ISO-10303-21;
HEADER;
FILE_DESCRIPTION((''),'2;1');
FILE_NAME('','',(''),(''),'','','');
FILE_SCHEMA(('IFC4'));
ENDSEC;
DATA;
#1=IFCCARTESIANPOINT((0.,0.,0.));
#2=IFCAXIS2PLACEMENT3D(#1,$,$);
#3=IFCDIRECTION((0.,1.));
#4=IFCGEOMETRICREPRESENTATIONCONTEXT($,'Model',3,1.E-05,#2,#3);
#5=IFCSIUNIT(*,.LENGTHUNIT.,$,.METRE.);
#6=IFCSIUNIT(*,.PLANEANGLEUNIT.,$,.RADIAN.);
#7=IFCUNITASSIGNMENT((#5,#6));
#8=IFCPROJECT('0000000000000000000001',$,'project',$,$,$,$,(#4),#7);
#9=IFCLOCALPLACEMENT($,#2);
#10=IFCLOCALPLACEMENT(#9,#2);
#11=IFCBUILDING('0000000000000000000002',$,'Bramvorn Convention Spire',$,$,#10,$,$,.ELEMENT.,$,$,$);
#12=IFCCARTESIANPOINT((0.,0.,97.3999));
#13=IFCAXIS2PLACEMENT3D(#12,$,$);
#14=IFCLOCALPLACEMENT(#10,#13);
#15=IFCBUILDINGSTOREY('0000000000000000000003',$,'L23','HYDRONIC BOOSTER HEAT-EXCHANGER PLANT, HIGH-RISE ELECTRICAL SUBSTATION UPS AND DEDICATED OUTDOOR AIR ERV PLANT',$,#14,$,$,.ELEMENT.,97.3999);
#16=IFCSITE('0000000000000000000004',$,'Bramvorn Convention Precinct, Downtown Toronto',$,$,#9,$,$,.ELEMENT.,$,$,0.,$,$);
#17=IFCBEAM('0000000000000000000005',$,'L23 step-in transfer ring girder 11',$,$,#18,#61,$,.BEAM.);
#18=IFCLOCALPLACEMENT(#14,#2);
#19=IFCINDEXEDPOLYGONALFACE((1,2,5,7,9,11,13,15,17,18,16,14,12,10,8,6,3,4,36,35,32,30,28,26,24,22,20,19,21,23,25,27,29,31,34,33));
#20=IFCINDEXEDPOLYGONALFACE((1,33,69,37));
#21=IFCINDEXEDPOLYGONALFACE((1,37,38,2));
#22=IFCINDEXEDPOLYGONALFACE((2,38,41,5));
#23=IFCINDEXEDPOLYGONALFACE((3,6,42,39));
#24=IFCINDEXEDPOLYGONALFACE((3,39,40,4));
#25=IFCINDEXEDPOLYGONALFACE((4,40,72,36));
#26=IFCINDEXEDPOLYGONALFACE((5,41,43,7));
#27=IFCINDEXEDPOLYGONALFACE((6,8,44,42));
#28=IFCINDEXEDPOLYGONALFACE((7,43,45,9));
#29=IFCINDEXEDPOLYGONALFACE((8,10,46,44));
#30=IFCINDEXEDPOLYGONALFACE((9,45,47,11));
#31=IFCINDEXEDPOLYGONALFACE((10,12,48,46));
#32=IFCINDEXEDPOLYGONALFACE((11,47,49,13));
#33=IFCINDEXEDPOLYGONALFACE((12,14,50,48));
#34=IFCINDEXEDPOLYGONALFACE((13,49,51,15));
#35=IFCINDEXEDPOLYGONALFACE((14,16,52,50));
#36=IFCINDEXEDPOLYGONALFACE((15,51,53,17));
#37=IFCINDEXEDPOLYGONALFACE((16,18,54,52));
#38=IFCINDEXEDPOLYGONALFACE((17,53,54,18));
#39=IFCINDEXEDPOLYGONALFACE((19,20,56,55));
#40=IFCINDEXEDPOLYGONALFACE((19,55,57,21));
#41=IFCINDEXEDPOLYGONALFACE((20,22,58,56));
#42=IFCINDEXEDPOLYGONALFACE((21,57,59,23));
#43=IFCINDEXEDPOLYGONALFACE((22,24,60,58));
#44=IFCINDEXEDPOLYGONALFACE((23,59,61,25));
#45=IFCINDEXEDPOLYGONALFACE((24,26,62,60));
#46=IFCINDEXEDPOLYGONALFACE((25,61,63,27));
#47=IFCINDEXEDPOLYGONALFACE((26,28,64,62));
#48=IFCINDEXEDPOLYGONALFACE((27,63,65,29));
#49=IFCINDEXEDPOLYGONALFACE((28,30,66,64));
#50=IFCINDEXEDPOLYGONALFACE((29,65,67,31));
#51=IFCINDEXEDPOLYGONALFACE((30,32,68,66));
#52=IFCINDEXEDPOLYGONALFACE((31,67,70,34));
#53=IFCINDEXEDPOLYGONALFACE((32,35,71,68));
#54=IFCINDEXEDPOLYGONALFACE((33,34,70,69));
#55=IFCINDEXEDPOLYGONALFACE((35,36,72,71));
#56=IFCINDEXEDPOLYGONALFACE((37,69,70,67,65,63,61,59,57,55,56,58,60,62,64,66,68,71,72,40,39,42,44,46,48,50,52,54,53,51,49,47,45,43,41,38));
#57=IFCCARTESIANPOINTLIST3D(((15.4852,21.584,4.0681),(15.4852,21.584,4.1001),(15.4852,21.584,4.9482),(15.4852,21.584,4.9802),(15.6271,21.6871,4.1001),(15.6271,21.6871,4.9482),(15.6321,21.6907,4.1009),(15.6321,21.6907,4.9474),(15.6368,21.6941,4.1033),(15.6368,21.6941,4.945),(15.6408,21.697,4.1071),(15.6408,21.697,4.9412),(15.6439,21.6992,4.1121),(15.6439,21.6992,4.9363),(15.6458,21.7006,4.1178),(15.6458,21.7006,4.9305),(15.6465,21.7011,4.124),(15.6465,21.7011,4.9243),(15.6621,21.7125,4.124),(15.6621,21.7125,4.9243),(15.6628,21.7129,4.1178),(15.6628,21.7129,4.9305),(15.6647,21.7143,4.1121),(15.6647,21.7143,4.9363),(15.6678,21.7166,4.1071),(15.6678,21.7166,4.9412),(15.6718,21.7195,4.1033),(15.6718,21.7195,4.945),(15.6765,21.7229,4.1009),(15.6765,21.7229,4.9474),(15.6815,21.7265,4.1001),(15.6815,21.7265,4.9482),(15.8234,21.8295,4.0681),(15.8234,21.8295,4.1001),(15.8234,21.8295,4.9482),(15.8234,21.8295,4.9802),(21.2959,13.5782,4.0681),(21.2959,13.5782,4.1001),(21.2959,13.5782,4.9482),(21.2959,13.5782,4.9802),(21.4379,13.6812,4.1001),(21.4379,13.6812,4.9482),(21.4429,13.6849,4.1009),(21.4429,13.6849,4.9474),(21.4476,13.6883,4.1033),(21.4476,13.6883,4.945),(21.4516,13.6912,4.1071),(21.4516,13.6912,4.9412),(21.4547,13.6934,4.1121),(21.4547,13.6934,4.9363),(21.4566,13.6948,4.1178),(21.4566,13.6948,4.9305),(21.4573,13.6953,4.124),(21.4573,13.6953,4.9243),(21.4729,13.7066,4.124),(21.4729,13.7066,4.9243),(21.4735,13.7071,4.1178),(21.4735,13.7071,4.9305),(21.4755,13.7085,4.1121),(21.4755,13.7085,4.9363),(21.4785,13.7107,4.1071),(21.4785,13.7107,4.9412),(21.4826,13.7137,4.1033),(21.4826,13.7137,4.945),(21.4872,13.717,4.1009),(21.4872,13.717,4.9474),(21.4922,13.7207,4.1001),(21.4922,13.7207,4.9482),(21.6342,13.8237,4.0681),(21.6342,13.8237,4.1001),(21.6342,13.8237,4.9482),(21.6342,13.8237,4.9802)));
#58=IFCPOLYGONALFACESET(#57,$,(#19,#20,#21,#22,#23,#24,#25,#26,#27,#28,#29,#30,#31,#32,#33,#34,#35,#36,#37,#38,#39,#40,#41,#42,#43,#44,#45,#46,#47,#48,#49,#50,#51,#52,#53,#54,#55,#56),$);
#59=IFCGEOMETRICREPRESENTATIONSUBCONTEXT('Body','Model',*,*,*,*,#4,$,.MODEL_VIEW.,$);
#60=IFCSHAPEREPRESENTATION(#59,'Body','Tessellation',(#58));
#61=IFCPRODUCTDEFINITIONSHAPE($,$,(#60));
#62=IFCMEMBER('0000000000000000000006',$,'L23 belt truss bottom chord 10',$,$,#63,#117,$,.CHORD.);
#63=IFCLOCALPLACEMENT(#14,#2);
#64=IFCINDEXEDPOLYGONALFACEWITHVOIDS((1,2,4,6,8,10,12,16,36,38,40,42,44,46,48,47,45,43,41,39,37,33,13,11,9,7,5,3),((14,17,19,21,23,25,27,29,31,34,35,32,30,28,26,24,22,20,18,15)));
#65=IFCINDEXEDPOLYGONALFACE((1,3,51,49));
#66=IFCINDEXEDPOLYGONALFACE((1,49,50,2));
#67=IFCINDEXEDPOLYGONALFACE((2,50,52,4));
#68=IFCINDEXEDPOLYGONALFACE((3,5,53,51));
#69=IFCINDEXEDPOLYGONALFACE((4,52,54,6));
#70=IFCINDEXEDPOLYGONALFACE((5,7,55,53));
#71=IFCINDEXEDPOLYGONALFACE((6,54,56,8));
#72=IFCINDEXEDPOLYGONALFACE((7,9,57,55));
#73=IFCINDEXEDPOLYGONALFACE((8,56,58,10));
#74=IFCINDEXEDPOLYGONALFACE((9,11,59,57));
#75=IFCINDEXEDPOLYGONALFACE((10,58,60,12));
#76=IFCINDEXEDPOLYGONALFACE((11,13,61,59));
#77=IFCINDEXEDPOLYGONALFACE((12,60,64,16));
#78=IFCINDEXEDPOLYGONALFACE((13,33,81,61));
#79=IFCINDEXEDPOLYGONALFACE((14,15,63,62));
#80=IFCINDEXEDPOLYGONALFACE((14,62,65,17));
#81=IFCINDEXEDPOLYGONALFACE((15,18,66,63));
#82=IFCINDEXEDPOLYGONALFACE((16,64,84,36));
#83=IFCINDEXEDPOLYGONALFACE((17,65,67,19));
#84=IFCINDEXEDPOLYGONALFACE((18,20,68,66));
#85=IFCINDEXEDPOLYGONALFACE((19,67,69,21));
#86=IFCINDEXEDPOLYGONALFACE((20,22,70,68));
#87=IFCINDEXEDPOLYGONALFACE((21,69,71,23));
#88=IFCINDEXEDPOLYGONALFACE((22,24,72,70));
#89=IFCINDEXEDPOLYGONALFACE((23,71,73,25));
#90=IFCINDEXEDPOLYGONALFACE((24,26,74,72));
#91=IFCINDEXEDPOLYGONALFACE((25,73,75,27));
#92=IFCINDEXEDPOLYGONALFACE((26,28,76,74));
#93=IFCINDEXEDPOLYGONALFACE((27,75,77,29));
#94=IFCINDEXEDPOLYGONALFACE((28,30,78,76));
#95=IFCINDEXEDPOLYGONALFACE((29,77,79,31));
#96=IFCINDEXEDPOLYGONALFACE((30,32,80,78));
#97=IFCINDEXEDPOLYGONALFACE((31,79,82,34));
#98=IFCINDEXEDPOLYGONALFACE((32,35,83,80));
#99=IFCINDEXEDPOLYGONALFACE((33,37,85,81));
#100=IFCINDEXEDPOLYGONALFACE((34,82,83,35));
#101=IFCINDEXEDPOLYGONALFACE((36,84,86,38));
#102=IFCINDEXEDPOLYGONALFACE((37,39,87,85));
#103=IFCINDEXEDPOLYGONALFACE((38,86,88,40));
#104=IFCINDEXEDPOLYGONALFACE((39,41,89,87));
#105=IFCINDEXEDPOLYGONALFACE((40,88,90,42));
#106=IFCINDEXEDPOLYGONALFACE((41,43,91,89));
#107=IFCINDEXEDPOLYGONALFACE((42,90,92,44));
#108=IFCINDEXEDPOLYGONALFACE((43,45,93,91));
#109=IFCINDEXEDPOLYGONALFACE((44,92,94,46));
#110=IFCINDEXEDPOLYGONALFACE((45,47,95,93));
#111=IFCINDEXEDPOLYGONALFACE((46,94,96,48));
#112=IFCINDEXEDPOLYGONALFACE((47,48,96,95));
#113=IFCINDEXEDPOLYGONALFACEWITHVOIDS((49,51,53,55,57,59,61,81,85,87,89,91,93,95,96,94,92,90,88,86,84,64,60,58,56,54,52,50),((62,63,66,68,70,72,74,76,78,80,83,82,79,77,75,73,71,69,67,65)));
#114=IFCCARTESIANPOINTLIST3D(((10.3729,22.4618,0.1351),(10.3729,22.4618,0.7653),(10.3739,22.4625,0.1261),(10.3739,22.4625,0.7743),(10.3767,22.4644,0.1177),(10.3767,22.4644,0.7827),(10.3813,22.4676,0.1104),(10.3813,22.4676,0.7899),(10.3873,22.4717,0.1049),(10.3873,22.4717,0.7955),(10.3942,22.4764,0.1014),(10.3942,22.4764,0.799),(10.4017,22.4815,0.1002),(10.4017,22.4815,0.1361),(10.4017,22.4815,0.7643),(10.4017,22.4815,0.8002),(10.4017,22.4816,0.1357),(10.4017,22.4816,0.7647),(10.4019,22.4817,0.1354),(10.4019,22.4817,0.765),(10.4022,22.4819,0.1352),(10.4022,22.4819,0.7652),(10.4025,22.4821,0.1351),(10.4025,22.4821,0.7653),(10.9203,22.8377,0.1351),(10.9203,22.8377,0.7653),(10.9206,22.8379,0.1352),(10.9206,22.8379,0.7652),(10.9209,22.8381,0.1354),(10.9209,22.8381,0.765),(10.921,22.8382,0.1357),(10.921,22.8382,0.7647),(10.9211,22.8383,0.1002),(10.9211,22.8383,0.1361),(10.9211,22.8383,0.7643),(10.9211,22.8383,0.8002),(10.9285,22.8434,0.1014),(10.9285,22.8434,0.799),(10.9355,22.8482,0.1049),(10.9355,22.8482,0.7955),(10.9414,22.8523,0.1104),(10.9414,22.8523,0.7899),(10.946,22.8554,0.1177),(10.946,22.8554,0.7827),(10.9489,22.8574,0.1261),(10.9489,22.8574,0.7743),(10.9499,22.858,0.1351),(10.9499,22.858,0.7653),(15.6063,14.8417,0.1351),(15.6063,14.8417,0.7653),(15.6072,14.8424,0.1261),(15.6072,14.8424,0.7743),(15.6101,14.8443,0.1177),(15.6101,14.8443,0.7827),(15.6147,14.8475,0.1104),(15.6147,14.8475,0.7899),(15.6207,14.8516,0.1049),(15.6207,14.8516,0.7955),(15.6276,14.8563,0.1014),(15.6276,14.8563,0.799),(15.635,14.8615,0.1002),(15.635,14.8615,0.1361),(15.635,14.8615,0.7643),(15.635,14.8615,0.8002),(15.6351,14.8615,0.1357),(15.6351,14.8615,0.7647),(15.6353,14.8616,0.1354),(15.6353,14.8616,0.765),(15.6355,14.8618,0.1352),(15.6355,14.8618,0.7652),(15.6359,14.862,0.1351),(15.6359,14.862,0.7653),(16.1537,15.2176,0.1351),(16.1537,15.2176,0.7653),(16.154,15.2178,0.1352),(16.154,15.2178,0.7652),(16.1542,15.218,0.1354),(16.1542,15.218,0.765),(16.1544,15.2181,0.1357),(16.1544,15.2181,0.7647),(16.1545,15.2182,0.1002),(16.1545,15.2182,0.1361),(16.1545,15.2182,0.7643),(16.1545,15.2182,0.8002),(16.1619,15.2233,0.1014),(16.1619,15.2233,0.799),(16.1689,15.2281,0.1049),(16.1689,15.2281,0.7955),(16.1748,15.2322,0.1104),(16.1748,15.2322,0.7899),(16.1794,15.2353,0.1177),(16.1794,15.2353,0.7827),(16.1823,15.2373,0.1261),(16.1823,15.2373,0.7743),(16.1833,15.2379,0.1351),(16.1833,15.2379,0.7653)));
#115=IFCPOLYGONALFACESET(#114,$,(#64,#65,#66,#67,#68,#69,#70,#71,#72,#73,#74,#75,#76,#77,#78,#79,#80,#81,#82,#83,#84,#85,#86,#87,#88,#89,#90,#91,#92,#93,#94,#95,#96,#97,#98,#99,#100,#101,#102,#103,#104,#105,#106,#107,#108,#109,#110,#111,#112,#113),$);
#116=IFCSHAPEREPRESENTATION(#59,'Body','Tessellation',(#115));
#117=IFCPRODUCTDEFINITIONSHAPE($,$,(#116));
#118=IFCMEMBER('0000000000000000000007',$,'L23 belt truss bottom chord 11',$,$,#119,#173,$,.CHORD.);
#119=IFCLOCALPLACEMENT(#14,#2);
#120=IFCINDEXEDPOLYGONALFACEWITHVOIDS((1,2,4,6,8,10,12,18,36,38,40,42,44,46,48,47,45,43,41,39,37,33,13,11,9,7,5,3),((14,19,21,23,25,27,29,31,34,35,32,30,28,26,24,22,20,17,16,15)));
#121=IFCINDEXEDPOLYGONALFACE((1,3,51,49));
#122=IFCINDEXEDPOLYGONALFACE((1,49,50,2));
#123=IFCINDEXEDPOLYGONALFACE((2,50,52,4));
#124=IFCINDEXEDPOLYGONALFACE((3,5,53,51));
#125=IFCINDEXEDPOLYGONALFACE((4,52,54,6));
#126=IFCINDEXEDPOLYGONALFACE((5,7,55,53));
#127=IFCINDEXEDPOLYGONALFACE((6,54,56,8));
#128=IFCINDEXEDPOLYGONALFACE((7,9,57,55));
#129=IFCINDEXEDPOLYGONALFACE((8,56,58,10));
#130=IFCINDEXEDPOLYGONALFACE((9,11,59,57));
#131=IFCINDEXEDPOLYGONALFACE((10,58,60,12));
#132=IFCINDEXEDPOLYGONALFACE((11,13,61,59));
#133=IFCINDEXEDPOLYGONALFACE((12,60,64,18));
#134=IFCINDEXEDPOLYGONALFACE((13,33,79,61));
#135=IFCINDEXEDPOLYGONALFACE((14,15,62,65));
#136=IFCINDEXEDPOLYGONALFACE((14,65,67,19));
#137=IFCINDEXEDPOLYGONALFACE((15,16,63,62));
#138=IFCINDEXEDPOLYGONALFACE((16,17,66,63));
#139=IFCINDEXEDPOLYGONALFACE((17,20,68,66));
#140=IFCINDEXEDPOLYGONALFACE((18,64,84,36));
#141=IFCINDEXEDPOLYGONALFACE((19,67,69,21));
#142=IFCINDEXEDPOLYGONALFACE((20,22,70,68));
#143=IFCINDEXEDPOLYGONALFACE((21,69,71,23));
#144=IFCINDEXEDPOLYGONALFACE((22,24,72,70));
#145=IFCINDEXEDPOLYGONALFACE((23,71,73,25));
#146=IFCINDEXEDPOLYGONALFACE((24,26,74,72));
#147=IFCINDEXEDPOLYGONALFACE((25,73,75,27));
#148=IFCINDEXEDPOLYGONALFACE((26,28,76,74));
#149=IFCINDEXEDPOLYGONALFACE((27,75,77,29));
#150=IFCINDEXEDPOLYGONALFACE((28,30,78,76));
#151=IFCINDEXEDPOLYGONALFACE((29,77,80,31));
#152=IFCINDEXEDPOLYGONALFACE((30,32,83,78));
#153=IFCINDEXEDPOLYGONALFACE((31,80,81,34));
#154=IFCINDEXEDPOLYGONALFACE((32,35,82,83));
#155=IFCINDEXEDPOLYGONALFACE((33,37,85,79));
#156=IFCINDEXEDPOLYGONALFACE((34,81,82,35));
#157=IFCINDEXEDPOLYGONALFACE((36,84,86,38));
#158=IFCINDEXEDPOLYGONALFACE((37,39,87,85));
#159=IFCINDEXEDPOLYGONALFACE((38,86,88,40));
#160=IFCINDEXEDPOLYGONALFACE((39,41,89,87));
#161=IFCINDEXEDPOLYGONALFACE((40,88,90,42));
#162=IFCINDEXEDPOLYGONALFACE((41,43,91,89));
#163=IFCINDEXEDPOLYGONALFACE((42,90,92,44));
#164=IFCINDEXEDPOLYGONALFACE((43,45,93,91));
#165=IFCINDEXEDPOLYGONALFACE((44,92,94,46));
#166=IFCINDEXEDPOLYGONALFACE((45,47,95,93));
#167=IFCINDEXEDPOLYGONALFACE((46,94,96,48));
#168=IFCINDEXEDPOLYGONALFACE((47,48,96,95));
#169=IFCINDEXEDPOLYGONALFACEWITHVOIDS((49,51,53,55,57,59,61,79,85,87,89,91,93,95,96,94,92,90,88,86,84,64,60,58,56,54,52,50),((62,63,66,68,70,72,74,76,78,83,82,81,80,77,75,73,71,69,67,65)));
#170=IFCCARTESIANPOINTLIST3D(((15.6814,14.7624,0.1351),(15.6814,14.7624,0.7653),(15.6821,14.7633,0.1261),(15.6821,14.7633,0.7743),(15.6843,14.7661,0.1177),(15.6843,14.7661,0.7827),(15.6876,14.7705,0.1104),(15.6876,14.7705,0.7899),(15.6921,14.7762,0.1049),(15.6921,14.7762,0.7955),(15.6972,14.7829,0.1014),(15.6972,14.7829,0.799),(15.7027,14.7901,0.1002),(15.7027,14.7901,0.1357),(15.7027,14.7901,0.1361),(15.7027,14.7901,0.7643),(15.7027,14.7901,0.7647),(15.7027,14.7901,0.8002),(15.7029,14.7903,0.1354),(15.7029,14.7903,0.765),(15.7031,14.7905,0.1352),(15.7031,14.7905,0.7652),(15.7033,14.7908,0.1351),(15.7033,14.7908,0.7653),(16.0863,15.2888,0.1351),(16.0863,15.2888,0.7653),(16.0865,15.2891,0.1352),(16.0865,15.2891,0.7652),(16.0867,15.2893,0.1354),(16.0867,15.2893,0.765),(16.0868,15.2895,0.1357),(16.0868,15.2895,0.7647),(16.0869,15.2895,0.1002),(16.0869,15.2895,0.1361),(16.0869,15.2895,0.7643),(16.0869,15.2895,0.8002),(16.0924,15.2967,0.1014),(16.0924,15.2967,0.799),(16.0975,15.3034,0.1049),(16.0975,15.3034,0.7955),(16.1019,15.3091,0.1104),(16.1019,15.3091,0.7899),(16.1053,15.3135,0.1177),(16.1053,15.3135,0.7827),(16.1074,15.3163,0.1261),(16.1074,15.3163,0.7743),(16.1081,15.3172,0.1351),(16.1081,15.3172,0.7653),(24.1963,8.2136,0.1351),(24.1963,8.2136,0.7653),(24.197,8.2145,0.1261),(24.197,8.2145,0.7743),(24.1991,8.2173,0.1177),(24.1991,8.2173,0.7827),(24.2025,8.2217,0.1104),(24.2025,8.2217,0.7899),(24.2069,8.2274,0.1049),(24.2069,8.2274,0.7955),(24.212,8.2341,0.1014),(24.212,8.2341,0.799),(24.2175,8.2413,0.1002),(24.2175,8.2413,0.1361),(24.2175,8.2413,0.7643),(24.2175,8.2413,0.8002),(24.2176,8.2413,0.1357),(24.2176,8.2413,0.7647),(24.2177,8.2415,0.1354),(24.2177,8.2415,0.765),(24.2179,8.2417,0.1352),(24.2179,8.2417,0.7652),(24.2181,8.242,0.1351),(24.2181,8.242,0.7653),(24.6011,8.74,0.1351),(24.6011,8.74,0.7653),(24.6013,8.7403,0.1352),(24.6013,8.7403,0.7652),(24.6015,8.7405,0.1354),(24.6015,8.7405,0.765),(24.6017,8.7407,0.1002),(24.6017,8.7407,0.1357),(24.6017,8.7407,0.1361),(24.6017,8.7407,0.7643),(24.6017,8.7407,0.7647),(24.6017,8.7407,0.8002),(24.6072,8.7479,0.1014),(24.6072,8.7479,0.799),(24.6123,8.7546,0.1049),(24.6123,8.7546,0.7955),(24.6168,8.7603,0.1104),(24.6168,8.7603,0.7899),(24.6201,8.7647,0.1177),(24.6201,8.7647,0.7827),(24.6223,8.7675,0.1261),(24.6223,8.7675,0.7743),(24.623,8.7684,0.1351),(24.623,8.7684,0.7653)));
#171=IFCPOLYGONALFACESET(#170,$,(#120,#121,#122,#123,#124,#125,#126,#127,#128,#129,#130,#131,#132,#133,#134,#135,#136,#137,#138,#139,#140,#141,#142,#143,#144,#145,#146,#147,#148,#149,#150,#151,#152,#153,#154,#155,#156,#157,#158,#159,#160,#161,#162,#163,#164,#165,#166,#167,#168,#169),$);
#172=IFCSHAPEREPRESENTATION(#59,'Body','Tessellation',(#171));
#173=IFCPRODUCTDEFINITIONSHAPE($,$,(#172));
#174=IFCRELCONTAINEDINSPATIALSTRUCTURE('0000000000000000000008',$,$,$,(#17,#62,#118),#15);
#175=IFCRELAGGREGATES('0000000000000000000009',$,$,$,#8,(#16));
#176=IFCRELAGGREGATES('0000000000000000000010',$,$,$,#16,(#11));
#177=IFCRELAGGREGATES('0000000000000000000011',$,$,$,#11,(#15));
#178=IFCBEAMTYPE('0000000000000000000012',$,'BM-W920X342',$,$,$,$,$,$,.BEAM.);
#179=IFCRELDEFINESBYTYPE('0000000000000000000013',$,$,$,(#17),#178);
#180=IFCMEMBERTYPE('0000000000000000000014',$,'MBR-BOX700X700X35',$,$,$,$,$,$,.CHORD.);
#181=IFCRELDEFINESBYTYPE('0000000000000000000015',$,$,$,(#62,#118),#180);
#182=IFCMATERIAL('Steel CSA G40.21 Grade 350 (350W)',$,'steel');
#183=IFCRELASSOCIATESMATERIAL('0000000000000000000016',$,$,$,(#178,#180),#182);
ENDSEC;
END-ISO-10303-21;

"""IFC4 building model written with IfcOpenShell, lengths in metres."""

from ifc_helpers import new_model, si_unit, direction, frame, origin, origin_2d, place, context, subcontext, project, spatial, hollow_rectangle, i_section, extrude, material, material_profile, profile_set, type_object, element, save


model = new_model("IFC4")

# Units and contexts
model_context = context("Model", 3, precision=1e-05, world=origin(), true_north=direction((0.0, 1.0)))
body_context = subcontext(model_context, "Body", "Model", "MODEL_VIEW")
ifc_project = project(units=[si_unit("LENGTHUNIT", "METRE"), si_unit("PLANEANGLEUNIT", "RADIAN")], contexts=[model_context])

# Site, building, storey
site_placement = place(None, origin())
site = spatial("IfcSite", under=ifc_project, at=site_placement, Name="Bramvorn Convention Precinct, Downtown Toronto", CompositionType="ELEMENT", RefElevation=0.0)
building_placement = place(site_placement, origin())
building = spatial("IfcBuilding", under=site, at=building_placement, Name="Bramvorn Convention Spire", CompositionType="ELEMENT")
storey_placement = place(building_placement, frame((0.0, 0.0, 97.3999)))
storey = spatial("IfcBuildingStorey", under=building, at=storey_placement, Name="L23", Description="HYDRONIC BOOSTER HEAT-EXCHANGER PLANT, HIGH-RISE ELECTRICAL SUBSTATION UPS AND DEDICATED OUTDOOR AIR ERV PLANT", CompositionType="ELEMENT", Elevation=97.3999)

# Shared definitions
ifc_material_1 = material(Name="Steel CSA G40.21 Grade 350 (350W)", Category="steel")

# Beam
ifc_material_profile_1 = material_profile(ifc_material_1, i_section(OverallWidth=0.418, OverallDepth=0.9121, WebThickness=0.0193, FlangeThickness=0.032, FilletRadius=0.0239, at=origin_2d()))
ifc_profile_set_1 = profile_set([ifc_material_profile_1], Name="Steel CSA G40.21 Grade 350 (350W) - W920X342")
beam_type = type_object("IfcBeamType", Name="BM-W920X342", PredefinedType="BEAM", material=ifc_profile_set_1)
beam_placement = place(storey_placement, frame((15.6543, 21.7068, 4.5242), z_axis=(0.587401, -0.809296, 0.0), x_axis=(0.809296, 0.587401, 0.0)))
element("IfcBeam", 1, at=beam_placement, inside=storey, type_object=beam_type, Name="L23 step-in transfer ring girder 11", PredefinedType="BEAM", context=body_context, shape_type="SweptSolid", body=[
    extrude(i_section(OverallWidth=0.418, OverallDepth=0.9121, WebThickness=0.0193, FlangeThickness=0.032, FilletRadius=0.0239, at=origin_2d()), origin(), (0.0, 0.0, 1.0), 9.8923),
])

# Members
ifc_material_profile_2 = material_profile(ifc_material_1, hollow_rectangle(XDim=0.7, YDim=0.7, WallThickness=0.0349, InnerFilletRadius=0.001, OuterFilletRadius=0.0349, at=origin_2d()))
ifc_profile_set_2 = profile_set([ifc_material_profile_2], Name="Steel CSA G40.21 Grade 350 (350W) - BOX700X700X35")
member_type_1 = type_object("IfcMemberType", Name="MBR-BOX700X700X35", PredefinedType="CHORD", material=ifc_profile_set_2)
member_1_placement = place(storey_placement, frame((10.6614, 22.6599, 0.4502), z_axis=(0.56613, -0.824316, 0.0), x_axis=(0.824316, 0.56613, 0.0)))
element("IfcMember", 2, at=member_1_placement, inside=storey, type_object=member_type_1, Name="L23 belt truss bottom chord 10", PredefinedType="CHORD", context=body_context, shape_type="SweptSolid", body=[
    extrude(hollow_rectangle(XDim=0.7, YDim=0.7, WallThickness=0.0349, InnerFilletRadius=0.001, OuterFilletRadius=0.0349, at=origin_2d()), origin(), (0.0, 0.0, 1.0), 9.2441),
])
member_2_placement = place(storey_placement, frame((15.8948, 15.0398, 0.4502), z_axis=(0.792673, -0.609647, 0.0), x_axis=(0.609647, 0.792673, 0.0)))
element("IfcMember", 3, at=member_2_placement, inside=storey, type_object=member_type_1, Name="L23 belt truss bottom chord 11", PredefinedType="CHORD", context=body_context, shape_type="SweptSolid", body=[
    extrude(hollow_rectangle(XDim=0.7, YDim=0.7, WallThickness=0.0349, InnerFilletRadius=0.001, OuterFilletRadius=0.0349, at=origin_2d()), origin(), (0.0, 0.0, 1.0), 10.7419),
])

save(model, "model.ifc")
